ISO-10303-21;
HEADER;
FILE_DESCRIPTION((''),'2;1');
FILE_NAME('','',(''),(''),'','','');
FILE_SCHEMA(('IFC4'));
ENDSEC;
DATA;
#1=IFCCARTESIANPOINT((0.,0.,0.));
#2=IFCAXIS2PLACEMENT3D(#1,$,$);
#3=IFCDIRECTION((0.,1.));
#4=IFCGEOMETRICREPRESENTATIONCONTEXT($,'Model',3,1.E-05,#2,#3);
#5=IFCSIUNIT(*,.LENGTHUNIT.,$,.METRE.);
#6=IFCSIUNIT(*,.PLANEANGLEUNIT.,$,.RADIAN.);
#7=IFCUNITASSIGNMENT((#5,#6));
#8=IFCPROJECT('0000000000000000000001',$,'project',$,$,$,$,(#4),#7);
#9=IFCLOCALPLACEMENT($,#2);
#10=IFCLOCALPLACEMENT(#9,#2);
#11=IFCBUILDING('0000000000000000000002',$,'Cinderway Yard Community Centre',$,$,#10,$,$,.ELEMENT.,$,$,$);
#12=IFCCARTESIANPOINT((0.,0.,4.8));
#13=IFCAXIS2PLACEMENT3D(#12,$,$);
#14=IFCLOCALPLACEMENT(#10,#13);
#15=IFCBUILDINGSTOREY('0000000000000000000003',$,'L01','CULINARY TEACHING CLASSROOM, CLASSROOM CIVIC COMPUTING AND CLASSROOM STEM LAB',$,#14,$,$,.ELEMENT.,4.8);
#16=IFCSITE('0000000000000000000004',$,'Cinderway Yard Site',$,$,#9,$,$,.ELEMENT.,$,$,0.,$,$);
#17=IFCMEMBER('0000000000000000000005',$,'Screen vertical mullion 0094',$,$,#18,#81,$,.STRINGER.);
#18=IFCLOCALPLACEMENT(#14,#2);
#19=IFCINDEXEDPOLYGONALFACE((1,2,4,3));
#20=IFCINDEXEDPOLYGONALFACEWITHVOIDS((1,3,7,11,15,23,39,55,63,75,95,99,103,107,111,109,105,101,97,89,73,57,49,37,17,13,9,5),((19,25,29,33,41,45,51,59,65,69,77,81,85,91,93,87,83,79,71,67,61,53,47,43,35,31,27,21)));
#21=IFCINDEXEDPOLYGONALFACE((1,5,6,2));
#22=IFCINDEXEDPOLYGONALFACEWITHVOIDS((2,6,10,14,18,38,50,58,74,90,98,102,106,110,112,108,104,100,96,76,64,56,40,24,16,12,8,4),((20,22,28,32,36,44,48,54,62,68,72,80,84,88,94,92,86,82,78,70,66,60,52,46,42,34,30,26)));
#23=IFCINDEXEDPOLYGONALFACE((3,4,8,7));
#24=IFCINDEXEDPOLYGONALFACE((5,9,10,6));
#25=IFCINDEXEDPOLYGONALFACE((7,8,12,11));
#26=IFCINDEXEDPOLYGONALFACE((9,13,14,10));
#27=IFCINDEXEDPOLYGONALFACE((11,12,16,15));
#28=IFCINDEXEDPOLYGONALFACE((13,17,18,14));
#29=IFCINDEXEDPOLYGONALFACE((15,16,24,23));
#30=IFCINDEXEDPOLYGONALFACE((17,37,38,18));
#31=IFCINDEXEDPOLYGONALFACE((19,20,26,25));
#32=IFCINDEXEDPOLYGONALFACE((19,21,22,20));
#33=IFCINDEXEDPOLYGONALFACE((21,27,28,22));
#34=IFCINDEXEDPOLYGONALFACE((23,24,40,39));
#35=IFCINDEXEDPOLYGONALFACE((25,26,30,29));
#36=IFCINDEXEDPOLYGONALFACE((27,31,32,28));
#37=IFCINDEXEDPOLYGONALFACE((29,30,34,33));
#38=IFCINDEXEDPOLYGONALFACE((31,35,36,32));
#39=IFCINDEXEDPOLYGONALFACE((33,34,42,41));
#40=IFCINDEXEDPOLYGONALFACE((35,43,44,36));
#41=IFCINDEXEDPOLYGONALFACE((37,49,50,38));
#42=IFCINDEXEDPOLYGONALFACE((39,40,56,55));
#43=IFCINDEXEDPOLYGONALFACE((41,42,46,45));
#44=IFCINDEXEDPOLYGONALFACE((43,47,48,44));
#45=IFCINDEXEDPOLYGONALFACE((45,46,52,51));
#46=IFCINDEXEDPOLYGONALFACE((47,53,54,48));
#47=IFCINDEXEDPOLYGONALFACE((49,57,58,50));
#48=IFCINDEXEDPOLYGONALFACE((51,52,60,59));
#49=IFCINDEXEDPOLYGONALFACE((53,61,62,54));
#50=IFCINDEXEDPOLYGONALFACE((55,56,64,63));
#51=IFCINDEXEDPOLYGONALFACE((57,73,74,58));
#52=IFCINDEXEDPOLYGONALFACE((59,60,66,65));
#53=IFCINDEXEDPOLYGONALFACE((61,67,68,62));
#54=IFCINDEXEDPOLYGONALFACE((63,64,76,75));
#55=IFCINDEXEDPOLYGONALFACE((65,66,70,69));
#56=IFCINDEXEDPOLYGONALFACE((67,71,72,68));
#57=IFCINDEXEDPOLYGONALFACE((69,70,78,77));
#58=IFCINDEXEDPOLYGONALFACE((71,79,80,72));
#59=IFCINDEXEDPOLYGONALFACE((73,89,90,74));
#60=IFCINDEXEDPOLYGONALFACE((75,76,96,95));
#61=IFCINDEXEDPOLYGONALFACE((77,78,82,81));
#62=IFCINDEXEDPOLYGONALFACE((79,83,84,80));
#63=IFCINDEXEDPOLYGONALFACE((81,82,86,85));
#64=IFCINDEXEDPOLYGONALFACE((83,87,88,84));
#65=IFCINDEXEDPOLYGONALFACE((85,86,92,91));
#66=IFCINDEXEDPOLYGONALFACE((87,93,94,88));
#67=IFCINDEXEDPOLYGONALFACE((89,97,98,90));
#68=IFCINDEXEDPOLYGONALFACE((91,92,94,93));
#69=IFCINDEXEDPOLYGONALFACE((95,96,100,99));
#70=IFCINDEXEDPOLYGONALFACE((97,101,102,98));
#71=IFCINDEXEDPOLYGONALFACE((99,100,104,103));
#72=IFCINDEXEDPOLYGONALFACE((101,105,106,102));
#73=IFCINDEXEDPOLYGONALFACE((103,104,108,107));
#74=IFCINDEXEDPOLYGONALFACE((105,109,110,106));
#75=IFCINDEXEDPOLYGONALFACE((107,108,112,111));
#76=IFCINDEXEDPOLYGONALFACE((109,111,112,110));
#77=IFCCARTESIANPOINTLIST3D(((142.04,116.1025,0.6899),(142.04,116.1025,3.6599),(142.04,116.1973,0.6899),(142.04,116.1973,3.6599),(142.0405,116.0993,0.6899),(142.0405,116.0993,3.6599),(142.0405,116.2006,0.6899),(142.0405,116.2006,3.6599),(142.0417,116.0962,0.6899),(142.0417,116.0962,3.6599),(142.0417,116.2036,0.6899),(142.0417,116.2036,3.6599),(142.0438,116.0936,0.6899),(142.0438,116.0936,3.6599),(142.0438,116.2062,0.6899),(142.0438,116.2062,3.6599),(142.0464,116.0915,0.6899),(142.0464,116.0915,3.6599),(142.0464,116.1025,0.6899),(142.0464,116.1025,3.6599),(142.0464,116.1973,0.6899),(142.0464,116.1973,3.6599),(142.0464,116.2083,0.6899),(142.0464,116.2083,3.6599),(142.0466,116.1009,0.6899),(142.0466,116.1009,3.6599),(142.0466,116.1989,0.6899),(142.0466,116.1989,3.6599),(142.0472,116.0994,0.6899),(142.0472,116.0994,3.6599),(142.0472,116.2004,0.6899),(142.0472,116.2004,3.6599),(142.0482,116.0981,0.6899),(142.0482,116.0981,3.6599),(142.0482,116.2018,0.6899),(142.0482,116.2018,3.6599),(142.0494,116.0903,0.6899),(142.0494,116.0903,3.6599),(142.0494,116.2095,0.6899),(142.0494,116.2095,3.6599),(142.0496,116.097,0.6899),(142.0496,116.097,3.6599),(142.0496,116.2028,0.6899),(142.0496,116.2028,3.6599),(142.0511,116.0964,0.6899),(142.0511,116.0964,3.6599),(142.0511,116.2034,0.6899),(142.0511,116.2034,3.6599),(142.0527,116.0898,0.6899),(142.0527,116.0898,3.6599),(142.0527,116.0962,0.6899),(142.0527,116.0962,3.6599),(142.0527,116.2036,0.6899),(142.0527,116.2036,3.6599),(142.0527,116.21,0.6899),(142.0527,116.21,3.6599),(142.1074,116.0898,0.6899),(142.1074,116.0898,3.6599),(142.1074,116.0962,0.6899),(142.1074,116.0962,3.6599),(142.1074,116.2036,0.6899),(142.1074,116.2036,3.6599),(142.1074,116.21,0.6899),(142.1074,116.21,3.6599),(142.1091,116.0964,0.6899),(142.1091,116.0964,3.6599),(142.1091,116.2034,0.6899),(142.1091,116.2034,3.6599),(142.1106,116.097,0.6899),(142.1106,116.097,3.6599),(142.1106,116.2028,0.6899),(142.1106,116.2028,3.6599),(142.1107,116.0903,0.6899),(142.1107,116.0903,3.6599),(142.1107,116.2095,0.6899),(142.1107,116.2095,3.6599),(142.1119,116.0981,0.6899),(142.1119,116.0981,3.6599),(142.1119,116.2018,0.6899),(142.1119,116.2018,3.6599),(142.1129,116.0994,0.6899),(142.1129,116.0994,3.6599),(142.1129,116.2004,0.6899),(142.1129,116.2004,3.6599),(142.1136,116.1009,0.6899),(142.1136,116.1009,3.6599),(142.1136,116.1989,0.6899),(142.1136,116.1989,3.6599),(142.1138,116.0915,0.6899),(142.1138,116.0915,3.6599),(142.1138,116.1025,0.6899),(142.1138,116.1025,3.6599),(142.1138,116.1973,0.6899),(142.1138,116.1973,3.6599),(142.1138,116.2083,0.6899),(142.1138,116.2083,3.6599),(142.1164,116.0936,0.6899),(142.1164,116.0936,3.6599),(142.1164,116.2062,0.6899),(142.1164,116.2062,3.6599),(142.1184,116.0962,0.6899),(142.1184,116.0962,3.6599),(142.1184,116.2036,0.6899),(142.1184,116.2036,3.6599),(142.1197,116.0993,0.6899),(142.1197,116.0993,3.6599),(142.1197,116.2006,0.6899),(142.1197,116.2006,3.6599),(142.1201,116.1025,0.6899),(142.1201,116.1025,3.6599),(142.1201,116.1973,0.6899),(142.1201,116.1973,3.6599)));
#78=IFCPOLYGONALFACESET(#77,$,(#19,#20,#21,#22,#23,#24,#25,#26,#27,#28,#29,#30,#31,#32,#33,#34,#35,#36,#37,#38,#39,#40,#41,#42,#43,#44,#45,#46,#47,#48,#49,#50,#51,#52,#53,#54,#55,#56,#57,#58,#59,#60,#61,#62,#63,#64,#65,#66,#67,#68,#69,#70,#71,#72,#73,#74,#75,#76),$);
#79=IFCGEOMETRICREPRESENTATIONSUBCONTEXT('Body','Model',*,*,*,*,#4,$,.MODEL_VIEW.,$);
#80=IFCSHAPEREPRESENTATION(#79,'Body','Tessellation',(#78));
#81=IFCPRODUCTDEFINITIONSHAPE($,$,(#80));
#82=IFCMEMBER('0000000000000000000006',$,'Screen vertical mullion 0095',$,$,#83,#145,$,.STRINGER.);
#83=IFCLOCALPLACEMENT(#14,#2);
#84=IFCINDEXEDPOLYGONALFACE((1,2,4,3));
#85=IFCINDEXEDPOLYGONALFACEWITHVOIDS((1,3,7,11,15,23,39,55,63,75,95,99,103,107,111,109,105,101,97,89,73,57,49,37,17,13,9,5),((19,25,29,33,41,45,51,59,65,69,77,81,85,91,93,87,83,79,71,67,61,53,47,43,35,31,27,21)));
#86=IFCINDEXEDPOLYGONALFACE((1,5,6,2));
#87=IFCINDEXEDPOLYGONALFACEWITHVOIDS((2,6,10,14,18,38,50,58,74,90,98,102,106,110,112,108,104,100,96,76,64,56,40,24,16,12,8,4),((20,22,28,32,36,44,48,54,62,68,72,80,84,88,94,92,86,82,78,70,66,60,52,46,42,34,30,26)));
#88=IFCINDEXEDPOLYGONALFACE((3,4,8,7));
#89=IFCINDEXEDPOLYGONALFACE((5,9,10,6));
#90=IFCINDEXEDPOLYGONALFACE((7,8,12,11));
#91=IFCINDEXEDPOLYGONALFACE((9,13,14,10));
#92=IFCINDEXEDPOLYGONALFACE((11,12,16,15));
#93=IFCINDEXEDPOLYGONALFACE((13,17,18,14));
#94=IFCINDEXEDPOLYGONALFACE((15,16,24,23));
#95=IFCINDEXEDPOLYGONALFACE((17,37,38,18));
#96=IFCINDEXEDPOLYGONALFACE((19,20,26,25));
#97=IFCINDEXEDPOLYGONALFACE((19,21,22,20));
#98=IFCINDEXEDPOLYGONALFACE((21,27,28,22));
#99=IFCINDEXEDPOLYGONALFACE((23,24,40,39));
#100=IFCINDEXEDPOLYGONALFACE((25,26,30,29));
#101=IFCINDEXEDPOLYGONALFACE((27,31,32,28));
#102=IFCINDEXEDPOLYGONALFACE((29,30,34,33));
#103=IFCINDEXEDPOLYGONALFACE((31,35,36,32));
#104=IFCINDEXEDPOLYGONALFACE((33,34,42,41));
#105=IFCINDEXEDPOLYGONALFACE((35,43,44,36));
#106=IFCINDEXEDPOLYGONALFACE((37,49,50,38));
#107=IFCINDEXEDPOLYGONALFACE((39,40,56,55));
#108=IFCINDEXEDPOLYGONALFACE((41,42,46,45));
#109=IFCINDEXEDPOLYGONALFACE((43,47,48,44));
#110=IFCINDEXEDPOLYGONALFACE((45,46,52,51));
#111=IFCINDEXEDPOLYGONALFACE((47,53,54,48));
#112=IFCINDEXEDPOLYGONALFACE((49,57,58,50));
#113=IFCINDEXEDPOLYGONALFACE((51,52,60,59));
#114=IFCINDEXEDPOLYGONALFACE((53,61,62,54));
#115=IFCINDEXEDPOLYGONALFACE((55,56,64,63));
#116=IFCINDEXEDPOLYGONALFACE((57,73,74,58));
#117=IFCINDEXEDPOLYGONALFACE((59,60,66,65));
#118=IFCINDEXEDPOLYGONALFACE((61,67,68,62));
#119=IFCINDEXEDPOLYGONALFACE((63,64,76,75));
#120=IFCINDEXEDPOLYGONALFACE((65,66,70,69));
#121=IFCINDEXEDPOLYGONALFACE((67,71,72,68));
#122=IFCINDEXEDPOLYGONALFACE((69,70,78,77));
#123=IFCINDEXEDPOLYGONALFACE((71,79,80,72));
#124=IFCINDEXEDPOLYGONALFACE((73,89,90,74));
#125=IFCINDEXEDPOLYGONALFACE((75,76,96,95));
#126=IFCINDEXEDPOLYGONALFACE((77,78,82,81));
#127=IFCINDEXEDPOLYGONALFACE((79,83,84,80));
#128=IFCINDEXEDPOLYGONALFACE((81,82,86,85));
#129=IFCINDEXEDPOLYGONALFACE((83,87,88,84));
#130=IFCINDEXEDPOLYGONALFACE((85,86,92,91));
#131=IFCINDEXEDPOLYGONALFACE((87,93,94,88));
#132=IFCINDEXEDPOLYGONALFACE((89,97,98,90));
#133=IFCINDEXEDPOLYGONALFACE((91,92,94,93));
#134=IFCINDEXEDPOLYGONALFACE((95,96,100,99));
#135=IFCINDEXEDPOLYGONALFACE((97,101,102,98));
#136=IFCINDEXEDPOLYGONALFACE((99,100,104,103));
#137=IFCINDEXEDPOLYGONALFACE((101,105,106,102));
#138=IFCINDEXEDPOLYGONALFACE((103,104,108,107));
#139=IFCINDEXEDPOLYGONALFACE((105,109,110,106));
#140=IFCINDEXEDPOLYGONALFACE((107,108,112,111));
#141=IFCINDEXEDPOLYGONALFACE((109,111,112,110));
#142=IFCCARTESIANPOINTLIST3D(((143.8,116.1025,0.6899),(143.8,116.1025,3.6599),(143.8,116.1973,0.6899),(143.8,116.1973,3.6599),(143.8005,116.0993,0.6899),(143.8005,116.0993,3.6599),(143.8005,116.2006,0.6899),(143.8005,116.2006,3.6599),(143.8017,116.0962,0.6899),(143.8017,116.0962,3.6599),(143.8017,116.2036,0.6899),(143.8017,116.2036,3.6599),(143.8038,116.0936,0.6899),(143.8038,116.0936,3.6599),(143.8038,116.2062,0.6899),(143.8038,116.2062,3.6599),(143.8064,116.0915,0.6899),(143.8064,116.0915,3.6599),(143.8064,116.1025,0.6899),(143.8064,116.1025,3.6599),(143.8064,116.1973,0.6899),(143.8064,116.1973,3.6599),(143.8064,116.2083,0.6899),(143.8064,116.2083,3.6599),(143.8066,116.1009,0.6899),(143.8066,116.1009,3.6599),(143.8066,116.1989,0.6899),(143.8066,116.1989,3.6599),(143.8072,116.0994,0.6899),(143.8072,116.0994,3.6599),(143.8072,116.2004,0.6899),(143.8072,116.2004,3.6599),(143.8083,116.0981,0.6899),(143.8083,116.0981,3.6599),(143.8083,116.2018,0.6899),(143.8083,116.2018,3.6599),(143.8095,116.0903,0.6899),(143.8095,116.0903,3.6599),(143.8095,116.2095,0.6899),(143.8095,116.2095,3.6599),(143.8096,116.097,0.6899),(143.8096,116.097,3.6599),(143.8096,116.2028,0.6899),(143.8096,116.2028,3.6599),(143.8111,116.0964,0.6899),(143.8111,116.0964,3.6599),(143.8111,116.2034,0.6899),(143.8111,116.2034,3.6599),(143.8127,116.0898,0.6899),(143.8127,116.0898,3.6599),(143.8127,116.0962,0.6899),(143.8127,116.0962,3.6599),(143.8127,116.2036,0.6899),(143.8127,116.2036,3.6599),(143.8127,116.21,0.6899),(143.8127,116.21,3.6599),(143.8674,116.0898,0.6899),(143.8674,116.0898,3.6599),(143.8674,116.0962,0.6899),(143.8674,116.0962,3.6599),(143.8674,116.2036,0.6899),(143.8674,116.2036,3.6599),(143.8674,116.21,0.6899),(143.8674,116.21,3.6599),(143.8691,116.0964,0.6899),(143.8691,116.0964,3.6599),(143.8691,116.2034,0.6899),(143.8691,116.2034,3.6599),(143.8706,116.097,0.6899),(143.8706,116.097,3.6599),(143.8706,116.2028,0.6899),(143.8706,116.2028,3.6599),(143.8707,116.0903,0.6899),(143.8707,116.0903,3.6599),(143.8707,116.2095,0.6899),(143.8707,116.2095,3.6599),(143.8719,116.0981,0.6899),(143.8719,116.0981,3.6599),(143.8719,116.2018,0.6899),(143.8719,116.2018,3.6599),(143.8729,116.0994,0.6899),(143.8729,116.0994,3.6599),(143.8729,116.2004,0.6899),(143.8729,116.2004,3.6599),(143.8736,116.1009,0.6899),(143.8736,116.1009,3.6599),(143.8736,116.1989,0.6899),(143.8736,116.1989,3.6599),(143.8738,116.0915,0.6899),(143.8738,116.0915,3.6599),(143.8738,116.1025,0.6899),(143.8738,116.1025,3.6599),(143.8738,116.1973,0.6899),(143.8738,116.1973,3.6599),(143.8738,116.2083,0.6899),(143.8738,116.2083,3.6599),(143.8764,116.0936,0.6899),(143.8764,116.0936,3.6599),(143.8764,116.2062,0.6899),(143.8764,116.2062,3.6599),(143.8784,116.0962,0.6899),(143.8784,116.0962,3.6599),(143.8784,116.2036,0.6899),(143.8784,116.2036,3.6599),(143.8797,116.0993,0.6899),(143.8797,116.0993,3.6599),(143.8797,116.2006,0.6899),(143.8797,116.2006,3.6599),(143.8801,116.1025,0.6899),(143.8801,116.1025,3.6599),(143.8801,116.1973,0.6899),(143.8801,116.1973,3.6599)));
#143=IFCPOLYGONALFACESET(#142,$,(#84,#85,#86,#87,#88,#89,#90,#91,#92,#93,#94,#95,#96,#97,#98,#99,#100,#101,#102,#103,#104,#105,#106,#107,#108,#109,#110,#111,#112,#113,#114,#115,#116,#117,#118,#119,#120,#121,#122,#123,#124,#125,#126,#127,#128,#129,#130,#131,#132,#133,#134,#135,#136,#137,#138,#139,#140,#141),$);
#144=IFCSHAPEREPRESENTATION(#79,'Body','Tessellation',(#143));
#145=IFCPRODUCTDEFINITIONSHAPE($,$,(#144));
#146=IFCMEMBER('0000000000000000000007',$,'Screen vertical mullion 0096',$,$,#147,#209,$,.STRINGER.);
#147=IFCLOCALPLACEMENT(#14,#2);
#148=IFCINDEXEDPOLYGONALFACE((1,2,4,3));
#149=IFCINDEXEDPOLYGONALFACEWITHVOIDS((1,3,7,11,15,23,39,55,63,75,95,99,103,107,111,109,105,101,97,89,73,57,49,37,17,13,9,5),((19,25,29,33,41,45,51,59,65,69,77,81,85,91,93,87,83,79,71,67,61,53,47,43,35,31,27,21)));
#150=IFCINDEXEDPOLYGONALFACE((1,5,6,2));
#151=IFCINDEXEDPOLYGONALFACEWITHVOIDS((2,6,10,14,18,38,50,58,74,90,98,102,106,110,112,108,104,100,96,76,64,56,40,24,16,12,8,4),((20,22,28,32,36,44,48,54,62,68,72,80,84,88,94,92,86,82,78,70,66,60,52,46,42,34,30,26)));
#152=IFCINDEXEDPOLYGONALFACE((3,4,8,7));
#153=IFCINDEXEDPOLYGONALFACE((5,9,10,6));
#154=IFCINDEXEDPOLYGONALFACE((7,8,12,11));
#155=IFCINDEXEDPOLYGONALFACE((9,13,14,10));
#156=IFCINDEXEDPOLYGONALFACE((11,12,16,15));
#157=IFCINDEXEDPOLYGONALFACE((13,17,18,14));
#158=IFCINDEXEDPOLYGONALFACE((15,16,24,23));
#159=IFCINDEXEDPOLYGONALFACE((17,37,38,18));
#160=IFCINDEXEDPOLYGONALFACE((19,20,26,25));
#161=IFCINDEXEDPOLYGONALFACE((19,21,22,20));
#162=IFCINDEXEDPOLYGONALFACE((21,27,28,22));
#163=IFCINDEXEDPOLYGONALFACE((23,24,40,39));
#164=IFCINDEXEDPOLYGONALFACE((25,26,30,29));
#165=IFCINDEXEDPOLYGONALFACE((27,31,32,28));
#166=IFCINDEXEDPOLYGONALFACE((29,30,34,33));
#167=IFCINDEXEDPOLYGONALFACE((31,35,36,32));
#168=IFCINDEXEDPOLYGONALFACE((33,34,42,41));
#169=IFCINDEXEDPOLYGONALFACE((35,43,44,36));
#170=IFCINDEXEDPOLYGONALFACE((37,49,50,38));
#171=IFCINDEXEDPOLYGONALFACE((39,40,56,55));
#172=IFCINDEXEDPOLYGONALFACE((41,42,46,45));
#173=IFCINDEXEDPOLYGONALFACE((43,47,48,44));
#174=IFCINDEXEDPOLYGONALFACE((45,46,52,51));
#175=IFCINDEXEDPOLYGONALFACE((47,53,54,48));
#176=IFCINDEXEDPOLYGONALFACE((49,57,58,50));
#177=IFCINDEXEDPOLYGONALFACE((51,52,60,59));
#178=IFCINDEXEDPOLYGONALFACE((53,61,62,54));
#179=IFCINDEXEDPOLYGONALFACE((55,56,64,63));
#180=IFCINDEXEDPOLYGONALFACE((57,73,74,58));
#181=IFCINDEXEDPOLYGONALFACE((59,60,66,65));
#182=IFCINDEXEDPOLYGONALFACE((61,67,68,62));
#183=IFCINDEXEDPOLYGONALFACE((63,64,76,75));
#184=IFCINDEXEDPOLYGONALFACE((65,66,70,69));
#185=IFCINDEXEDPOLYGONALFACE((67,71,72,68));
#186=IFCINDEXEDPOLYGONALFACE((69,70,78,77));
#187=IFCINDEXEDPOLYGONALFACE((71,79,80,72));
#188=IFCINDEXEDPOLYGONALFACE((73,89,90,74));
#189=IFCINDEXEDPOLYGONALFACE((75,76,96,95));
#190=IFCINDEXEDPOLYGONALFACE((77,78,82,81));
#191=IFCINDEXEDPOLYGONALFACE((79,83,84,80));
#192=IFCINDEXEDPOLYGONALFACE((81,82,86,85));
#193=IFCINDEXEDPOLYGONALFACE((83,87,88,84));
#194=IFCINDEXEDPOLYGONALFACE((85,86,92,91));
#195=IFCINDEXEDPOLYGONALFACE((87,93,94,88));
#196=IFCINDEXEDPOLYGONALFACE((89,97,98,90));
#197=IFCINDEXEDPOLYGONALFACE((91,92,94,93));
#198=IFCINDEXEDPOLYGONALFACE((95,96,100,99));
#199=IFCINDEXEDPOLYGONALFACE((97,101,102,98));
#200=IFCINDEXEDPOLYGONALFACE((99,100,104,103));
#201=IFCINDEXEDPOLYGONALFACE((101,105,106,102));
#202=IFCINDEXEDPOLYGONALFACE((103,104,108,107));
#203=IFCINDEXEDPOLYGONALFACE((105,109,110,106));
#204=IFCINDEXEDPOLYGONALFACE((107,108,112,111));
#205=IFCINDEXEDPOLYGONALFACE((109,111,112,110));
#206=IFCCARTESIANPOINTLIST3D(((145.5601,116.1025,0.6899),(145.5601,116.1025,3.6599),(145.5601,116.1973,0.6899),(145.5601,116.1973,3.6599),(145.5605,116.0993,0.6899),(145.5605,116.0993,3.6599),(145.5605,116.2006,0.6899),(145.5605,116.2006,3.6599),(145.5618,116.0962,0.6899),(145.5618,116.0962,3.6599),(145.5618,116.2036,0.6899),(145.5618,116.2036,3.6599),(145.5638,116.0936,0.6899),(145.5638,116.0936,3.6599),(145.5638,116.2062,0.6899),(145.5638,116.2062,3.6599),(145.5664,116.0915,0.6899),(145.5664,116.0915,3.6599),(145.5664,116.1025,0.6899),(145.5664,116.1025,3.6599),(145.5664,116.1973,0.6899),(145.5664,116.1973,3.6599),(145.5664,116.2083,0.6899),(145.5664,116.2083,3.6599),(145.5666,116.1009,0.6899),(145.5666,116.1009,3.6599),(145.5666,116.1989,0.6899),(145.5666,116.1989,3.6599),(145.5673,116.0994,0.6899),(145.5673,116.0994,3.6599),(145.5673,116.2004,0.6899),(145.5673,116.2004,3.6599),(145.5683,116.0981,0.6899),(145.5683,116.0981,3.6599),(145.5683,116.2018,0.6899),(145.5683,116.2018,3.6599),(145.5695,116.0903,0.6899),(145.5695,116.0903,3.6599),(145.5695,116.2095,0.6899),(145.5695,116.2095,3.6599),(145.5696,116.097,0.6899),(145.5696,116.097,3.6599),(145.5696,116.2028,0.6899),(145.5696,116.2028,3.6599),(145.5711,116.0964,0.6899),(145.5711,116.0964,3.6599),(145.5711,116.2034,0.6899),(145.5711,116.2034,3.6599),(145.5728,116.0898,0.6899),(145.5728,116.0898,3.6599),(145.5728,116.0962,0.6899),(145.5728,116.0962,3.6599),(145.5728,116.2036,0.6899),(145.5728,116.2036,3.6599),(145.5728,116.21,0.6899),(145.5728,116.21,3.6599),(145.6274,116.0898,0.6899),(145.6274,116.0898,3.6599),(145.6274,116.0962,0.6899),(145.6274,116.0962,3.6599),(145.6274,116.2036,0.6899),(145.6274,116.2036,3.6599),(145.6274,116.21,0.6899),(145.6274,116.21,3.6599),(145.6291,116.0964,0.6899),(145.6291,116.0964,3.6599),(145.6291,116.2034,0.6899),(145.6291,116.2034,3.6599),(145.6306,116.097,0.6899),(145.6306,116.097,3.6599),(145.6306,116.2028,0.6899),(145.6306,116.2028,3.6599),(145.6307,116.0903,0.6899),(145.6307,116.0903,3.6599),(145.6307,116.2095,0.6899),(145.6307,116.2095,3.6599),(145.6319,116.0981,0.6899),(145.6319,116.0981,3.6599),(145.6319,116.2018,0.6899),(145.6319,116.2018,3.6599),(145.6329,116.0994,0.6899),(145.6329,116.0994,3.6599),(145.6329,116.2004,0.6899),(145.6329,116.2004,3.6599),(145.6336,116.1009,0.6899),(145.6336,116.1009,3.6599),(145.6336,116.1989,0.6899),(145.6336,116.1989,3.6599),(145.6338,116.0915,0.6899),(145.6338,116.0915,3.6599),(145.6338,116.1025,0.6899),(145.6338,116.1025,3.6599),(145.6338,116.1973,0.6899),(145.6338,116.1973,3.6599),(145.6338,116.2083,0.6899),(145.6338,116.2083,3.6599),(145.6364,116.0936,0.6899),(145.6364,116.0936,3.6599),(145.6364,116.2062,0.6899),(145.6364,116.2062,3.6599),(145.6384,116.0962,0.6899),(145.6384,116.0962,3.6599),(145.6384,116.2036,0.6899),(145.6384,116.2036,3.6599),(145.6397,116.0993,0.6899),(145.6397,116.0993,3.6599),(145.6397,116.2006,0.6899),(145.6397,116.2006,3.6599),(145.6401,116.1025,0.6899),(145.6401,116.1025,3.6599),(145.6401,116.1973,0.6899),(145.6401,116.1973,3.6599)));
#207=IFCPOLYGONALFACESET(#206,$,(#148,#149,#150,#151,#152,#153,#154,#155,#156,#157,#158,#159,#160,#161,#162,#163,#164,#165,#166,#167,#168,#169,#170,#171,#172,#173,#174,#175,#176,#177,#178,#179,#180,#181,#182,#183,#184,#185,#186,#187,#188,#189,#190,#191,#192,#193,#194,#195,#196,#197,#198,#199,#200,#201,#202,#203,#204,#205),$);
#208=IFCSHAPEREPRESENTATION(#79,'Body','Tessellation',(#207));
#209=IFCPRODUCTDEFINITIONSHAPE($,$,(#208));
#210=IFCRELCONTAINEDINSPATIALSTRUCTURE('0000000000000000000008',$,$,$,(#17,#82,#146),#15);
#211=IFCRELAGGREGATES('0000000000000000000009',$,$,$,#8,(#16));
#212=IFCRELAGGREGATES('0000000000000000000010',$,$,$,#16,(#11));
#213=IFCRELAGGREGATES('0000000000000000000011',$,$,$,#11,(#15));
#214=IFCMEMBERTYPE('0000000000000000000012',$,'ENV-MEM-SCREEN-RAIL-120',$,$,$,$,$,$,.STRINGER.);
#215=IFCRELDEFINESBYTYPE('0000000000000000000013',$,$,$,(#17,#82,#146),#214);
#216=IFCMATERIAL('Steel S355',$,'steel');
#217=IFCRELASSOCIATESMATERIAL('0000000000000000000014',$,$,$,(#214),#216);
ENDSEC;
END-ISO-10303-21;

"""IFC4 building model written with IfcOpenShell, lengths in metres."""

from ifc_helpers import new_model, si_unit, direction, frame, origin, origin_2d, place, context, subcontext, project, spatial, hollow_rectangle, extrude, material, material_profile, profile_set, type_object, element, save


model = new_model("IFC4")

# Units and contexts
model_context = context("Model", 3, precision=1e-05, world=origin(), true_north=direction((0.0, 1.0)))
body_context = subcontext(model_context, "Body", "Model", "MODEL_VIEW")
ifc_project = project(units=[si_unit("LENGTHUNIT", "METRE"), si_unit("PLANEANGLEUNIT", "RADIAN")], contexts=[model_context])

# Site, building, storey
site_placement = place(None, origin())
site = spatial("IfcSite", under=ifc_project, at=site_placement, Name="Cinderway Yard Site", CompositionType="ELEMENT", RefElevation=0.0)
building_placement = place(site_placement, origin())
building = spatial("IfcBuilding", under=site, at=building_placement, Name="Cinderway Yard Community Centre", CompositionType="ELEMENT")
storey_placement = place(building_placement, frame((0.0, 0.0, 4.8)))
storey = spatial("IfcBuildingStorey", under=building, at=storey_placement, Name="L01", Description="CULINARY TEACHING CLASSROOM, CLASSROOM CIVIC COMPUTING AND CLASSROOM STEM LAB", CompositionType="ELEMENT", Elevation=4.8)

# Members
ifc_material_1 = material(Name="Steel S355", Category="steel")
ifc_material_profile_1 = material_profile(ifc_material_1, hollow_rectangle(XDim=0.0801, YDim=0.1201, WallThickness=0.0063, InnerFilletRadius=0.0063, OuterFilletRadius=0.0127, at=origin_2d()), Name="Steel S355")
ifc_profile_set_1 = profile_set([ifc_material_profile_1], Name="Steel S355")
member_type_1 = type_object("IfcMemberType", Name="ENV-MEM-SCREEN-RAIL-120", PredefinedType="STRINGER", material=ifc_profile_set_1)
for number, where, z_axis, x_axis, name in (
    (1, (142.0801, 116.1499, 0.6899), (0.0, 0.0, 1.0), (1.0, 0.0, 0.0), "Screen vertical mullion 0094"),
    (2, (143.8401, 116.1499, 0.6899), (0.0, 0.0, 1.0), (1.0, 0.0, 0.0), "Screen vertical mullion 0095"),
    (3, (145.6001, 116.1499, 0.6899), (0.0, 0.0, 1.0), (1.0, 0.0, 0.0), "Screen vertical mullion 0096"),
):
    element("IfcMember", number, at=place(storey_placement, frame(where, z_axis=z_axis, x_axis=x_axis)), inside=storey, type_object=member_type_1, Name=name, PredefinedType="STRINGER", context=body_context, shape_type="SweptSolid", body=[
        extrude(hollow_rectangle(XDim=0.0801, YDim=0.1201, WallThickness=0.0063, InnerFilletRadius=0.0063, OuterFilletRadius=0.0127, at=origin_2d()), origin(), (0.0, 0.0, 1.0), 2.97),
    ])

save(model, "model.ifc")
